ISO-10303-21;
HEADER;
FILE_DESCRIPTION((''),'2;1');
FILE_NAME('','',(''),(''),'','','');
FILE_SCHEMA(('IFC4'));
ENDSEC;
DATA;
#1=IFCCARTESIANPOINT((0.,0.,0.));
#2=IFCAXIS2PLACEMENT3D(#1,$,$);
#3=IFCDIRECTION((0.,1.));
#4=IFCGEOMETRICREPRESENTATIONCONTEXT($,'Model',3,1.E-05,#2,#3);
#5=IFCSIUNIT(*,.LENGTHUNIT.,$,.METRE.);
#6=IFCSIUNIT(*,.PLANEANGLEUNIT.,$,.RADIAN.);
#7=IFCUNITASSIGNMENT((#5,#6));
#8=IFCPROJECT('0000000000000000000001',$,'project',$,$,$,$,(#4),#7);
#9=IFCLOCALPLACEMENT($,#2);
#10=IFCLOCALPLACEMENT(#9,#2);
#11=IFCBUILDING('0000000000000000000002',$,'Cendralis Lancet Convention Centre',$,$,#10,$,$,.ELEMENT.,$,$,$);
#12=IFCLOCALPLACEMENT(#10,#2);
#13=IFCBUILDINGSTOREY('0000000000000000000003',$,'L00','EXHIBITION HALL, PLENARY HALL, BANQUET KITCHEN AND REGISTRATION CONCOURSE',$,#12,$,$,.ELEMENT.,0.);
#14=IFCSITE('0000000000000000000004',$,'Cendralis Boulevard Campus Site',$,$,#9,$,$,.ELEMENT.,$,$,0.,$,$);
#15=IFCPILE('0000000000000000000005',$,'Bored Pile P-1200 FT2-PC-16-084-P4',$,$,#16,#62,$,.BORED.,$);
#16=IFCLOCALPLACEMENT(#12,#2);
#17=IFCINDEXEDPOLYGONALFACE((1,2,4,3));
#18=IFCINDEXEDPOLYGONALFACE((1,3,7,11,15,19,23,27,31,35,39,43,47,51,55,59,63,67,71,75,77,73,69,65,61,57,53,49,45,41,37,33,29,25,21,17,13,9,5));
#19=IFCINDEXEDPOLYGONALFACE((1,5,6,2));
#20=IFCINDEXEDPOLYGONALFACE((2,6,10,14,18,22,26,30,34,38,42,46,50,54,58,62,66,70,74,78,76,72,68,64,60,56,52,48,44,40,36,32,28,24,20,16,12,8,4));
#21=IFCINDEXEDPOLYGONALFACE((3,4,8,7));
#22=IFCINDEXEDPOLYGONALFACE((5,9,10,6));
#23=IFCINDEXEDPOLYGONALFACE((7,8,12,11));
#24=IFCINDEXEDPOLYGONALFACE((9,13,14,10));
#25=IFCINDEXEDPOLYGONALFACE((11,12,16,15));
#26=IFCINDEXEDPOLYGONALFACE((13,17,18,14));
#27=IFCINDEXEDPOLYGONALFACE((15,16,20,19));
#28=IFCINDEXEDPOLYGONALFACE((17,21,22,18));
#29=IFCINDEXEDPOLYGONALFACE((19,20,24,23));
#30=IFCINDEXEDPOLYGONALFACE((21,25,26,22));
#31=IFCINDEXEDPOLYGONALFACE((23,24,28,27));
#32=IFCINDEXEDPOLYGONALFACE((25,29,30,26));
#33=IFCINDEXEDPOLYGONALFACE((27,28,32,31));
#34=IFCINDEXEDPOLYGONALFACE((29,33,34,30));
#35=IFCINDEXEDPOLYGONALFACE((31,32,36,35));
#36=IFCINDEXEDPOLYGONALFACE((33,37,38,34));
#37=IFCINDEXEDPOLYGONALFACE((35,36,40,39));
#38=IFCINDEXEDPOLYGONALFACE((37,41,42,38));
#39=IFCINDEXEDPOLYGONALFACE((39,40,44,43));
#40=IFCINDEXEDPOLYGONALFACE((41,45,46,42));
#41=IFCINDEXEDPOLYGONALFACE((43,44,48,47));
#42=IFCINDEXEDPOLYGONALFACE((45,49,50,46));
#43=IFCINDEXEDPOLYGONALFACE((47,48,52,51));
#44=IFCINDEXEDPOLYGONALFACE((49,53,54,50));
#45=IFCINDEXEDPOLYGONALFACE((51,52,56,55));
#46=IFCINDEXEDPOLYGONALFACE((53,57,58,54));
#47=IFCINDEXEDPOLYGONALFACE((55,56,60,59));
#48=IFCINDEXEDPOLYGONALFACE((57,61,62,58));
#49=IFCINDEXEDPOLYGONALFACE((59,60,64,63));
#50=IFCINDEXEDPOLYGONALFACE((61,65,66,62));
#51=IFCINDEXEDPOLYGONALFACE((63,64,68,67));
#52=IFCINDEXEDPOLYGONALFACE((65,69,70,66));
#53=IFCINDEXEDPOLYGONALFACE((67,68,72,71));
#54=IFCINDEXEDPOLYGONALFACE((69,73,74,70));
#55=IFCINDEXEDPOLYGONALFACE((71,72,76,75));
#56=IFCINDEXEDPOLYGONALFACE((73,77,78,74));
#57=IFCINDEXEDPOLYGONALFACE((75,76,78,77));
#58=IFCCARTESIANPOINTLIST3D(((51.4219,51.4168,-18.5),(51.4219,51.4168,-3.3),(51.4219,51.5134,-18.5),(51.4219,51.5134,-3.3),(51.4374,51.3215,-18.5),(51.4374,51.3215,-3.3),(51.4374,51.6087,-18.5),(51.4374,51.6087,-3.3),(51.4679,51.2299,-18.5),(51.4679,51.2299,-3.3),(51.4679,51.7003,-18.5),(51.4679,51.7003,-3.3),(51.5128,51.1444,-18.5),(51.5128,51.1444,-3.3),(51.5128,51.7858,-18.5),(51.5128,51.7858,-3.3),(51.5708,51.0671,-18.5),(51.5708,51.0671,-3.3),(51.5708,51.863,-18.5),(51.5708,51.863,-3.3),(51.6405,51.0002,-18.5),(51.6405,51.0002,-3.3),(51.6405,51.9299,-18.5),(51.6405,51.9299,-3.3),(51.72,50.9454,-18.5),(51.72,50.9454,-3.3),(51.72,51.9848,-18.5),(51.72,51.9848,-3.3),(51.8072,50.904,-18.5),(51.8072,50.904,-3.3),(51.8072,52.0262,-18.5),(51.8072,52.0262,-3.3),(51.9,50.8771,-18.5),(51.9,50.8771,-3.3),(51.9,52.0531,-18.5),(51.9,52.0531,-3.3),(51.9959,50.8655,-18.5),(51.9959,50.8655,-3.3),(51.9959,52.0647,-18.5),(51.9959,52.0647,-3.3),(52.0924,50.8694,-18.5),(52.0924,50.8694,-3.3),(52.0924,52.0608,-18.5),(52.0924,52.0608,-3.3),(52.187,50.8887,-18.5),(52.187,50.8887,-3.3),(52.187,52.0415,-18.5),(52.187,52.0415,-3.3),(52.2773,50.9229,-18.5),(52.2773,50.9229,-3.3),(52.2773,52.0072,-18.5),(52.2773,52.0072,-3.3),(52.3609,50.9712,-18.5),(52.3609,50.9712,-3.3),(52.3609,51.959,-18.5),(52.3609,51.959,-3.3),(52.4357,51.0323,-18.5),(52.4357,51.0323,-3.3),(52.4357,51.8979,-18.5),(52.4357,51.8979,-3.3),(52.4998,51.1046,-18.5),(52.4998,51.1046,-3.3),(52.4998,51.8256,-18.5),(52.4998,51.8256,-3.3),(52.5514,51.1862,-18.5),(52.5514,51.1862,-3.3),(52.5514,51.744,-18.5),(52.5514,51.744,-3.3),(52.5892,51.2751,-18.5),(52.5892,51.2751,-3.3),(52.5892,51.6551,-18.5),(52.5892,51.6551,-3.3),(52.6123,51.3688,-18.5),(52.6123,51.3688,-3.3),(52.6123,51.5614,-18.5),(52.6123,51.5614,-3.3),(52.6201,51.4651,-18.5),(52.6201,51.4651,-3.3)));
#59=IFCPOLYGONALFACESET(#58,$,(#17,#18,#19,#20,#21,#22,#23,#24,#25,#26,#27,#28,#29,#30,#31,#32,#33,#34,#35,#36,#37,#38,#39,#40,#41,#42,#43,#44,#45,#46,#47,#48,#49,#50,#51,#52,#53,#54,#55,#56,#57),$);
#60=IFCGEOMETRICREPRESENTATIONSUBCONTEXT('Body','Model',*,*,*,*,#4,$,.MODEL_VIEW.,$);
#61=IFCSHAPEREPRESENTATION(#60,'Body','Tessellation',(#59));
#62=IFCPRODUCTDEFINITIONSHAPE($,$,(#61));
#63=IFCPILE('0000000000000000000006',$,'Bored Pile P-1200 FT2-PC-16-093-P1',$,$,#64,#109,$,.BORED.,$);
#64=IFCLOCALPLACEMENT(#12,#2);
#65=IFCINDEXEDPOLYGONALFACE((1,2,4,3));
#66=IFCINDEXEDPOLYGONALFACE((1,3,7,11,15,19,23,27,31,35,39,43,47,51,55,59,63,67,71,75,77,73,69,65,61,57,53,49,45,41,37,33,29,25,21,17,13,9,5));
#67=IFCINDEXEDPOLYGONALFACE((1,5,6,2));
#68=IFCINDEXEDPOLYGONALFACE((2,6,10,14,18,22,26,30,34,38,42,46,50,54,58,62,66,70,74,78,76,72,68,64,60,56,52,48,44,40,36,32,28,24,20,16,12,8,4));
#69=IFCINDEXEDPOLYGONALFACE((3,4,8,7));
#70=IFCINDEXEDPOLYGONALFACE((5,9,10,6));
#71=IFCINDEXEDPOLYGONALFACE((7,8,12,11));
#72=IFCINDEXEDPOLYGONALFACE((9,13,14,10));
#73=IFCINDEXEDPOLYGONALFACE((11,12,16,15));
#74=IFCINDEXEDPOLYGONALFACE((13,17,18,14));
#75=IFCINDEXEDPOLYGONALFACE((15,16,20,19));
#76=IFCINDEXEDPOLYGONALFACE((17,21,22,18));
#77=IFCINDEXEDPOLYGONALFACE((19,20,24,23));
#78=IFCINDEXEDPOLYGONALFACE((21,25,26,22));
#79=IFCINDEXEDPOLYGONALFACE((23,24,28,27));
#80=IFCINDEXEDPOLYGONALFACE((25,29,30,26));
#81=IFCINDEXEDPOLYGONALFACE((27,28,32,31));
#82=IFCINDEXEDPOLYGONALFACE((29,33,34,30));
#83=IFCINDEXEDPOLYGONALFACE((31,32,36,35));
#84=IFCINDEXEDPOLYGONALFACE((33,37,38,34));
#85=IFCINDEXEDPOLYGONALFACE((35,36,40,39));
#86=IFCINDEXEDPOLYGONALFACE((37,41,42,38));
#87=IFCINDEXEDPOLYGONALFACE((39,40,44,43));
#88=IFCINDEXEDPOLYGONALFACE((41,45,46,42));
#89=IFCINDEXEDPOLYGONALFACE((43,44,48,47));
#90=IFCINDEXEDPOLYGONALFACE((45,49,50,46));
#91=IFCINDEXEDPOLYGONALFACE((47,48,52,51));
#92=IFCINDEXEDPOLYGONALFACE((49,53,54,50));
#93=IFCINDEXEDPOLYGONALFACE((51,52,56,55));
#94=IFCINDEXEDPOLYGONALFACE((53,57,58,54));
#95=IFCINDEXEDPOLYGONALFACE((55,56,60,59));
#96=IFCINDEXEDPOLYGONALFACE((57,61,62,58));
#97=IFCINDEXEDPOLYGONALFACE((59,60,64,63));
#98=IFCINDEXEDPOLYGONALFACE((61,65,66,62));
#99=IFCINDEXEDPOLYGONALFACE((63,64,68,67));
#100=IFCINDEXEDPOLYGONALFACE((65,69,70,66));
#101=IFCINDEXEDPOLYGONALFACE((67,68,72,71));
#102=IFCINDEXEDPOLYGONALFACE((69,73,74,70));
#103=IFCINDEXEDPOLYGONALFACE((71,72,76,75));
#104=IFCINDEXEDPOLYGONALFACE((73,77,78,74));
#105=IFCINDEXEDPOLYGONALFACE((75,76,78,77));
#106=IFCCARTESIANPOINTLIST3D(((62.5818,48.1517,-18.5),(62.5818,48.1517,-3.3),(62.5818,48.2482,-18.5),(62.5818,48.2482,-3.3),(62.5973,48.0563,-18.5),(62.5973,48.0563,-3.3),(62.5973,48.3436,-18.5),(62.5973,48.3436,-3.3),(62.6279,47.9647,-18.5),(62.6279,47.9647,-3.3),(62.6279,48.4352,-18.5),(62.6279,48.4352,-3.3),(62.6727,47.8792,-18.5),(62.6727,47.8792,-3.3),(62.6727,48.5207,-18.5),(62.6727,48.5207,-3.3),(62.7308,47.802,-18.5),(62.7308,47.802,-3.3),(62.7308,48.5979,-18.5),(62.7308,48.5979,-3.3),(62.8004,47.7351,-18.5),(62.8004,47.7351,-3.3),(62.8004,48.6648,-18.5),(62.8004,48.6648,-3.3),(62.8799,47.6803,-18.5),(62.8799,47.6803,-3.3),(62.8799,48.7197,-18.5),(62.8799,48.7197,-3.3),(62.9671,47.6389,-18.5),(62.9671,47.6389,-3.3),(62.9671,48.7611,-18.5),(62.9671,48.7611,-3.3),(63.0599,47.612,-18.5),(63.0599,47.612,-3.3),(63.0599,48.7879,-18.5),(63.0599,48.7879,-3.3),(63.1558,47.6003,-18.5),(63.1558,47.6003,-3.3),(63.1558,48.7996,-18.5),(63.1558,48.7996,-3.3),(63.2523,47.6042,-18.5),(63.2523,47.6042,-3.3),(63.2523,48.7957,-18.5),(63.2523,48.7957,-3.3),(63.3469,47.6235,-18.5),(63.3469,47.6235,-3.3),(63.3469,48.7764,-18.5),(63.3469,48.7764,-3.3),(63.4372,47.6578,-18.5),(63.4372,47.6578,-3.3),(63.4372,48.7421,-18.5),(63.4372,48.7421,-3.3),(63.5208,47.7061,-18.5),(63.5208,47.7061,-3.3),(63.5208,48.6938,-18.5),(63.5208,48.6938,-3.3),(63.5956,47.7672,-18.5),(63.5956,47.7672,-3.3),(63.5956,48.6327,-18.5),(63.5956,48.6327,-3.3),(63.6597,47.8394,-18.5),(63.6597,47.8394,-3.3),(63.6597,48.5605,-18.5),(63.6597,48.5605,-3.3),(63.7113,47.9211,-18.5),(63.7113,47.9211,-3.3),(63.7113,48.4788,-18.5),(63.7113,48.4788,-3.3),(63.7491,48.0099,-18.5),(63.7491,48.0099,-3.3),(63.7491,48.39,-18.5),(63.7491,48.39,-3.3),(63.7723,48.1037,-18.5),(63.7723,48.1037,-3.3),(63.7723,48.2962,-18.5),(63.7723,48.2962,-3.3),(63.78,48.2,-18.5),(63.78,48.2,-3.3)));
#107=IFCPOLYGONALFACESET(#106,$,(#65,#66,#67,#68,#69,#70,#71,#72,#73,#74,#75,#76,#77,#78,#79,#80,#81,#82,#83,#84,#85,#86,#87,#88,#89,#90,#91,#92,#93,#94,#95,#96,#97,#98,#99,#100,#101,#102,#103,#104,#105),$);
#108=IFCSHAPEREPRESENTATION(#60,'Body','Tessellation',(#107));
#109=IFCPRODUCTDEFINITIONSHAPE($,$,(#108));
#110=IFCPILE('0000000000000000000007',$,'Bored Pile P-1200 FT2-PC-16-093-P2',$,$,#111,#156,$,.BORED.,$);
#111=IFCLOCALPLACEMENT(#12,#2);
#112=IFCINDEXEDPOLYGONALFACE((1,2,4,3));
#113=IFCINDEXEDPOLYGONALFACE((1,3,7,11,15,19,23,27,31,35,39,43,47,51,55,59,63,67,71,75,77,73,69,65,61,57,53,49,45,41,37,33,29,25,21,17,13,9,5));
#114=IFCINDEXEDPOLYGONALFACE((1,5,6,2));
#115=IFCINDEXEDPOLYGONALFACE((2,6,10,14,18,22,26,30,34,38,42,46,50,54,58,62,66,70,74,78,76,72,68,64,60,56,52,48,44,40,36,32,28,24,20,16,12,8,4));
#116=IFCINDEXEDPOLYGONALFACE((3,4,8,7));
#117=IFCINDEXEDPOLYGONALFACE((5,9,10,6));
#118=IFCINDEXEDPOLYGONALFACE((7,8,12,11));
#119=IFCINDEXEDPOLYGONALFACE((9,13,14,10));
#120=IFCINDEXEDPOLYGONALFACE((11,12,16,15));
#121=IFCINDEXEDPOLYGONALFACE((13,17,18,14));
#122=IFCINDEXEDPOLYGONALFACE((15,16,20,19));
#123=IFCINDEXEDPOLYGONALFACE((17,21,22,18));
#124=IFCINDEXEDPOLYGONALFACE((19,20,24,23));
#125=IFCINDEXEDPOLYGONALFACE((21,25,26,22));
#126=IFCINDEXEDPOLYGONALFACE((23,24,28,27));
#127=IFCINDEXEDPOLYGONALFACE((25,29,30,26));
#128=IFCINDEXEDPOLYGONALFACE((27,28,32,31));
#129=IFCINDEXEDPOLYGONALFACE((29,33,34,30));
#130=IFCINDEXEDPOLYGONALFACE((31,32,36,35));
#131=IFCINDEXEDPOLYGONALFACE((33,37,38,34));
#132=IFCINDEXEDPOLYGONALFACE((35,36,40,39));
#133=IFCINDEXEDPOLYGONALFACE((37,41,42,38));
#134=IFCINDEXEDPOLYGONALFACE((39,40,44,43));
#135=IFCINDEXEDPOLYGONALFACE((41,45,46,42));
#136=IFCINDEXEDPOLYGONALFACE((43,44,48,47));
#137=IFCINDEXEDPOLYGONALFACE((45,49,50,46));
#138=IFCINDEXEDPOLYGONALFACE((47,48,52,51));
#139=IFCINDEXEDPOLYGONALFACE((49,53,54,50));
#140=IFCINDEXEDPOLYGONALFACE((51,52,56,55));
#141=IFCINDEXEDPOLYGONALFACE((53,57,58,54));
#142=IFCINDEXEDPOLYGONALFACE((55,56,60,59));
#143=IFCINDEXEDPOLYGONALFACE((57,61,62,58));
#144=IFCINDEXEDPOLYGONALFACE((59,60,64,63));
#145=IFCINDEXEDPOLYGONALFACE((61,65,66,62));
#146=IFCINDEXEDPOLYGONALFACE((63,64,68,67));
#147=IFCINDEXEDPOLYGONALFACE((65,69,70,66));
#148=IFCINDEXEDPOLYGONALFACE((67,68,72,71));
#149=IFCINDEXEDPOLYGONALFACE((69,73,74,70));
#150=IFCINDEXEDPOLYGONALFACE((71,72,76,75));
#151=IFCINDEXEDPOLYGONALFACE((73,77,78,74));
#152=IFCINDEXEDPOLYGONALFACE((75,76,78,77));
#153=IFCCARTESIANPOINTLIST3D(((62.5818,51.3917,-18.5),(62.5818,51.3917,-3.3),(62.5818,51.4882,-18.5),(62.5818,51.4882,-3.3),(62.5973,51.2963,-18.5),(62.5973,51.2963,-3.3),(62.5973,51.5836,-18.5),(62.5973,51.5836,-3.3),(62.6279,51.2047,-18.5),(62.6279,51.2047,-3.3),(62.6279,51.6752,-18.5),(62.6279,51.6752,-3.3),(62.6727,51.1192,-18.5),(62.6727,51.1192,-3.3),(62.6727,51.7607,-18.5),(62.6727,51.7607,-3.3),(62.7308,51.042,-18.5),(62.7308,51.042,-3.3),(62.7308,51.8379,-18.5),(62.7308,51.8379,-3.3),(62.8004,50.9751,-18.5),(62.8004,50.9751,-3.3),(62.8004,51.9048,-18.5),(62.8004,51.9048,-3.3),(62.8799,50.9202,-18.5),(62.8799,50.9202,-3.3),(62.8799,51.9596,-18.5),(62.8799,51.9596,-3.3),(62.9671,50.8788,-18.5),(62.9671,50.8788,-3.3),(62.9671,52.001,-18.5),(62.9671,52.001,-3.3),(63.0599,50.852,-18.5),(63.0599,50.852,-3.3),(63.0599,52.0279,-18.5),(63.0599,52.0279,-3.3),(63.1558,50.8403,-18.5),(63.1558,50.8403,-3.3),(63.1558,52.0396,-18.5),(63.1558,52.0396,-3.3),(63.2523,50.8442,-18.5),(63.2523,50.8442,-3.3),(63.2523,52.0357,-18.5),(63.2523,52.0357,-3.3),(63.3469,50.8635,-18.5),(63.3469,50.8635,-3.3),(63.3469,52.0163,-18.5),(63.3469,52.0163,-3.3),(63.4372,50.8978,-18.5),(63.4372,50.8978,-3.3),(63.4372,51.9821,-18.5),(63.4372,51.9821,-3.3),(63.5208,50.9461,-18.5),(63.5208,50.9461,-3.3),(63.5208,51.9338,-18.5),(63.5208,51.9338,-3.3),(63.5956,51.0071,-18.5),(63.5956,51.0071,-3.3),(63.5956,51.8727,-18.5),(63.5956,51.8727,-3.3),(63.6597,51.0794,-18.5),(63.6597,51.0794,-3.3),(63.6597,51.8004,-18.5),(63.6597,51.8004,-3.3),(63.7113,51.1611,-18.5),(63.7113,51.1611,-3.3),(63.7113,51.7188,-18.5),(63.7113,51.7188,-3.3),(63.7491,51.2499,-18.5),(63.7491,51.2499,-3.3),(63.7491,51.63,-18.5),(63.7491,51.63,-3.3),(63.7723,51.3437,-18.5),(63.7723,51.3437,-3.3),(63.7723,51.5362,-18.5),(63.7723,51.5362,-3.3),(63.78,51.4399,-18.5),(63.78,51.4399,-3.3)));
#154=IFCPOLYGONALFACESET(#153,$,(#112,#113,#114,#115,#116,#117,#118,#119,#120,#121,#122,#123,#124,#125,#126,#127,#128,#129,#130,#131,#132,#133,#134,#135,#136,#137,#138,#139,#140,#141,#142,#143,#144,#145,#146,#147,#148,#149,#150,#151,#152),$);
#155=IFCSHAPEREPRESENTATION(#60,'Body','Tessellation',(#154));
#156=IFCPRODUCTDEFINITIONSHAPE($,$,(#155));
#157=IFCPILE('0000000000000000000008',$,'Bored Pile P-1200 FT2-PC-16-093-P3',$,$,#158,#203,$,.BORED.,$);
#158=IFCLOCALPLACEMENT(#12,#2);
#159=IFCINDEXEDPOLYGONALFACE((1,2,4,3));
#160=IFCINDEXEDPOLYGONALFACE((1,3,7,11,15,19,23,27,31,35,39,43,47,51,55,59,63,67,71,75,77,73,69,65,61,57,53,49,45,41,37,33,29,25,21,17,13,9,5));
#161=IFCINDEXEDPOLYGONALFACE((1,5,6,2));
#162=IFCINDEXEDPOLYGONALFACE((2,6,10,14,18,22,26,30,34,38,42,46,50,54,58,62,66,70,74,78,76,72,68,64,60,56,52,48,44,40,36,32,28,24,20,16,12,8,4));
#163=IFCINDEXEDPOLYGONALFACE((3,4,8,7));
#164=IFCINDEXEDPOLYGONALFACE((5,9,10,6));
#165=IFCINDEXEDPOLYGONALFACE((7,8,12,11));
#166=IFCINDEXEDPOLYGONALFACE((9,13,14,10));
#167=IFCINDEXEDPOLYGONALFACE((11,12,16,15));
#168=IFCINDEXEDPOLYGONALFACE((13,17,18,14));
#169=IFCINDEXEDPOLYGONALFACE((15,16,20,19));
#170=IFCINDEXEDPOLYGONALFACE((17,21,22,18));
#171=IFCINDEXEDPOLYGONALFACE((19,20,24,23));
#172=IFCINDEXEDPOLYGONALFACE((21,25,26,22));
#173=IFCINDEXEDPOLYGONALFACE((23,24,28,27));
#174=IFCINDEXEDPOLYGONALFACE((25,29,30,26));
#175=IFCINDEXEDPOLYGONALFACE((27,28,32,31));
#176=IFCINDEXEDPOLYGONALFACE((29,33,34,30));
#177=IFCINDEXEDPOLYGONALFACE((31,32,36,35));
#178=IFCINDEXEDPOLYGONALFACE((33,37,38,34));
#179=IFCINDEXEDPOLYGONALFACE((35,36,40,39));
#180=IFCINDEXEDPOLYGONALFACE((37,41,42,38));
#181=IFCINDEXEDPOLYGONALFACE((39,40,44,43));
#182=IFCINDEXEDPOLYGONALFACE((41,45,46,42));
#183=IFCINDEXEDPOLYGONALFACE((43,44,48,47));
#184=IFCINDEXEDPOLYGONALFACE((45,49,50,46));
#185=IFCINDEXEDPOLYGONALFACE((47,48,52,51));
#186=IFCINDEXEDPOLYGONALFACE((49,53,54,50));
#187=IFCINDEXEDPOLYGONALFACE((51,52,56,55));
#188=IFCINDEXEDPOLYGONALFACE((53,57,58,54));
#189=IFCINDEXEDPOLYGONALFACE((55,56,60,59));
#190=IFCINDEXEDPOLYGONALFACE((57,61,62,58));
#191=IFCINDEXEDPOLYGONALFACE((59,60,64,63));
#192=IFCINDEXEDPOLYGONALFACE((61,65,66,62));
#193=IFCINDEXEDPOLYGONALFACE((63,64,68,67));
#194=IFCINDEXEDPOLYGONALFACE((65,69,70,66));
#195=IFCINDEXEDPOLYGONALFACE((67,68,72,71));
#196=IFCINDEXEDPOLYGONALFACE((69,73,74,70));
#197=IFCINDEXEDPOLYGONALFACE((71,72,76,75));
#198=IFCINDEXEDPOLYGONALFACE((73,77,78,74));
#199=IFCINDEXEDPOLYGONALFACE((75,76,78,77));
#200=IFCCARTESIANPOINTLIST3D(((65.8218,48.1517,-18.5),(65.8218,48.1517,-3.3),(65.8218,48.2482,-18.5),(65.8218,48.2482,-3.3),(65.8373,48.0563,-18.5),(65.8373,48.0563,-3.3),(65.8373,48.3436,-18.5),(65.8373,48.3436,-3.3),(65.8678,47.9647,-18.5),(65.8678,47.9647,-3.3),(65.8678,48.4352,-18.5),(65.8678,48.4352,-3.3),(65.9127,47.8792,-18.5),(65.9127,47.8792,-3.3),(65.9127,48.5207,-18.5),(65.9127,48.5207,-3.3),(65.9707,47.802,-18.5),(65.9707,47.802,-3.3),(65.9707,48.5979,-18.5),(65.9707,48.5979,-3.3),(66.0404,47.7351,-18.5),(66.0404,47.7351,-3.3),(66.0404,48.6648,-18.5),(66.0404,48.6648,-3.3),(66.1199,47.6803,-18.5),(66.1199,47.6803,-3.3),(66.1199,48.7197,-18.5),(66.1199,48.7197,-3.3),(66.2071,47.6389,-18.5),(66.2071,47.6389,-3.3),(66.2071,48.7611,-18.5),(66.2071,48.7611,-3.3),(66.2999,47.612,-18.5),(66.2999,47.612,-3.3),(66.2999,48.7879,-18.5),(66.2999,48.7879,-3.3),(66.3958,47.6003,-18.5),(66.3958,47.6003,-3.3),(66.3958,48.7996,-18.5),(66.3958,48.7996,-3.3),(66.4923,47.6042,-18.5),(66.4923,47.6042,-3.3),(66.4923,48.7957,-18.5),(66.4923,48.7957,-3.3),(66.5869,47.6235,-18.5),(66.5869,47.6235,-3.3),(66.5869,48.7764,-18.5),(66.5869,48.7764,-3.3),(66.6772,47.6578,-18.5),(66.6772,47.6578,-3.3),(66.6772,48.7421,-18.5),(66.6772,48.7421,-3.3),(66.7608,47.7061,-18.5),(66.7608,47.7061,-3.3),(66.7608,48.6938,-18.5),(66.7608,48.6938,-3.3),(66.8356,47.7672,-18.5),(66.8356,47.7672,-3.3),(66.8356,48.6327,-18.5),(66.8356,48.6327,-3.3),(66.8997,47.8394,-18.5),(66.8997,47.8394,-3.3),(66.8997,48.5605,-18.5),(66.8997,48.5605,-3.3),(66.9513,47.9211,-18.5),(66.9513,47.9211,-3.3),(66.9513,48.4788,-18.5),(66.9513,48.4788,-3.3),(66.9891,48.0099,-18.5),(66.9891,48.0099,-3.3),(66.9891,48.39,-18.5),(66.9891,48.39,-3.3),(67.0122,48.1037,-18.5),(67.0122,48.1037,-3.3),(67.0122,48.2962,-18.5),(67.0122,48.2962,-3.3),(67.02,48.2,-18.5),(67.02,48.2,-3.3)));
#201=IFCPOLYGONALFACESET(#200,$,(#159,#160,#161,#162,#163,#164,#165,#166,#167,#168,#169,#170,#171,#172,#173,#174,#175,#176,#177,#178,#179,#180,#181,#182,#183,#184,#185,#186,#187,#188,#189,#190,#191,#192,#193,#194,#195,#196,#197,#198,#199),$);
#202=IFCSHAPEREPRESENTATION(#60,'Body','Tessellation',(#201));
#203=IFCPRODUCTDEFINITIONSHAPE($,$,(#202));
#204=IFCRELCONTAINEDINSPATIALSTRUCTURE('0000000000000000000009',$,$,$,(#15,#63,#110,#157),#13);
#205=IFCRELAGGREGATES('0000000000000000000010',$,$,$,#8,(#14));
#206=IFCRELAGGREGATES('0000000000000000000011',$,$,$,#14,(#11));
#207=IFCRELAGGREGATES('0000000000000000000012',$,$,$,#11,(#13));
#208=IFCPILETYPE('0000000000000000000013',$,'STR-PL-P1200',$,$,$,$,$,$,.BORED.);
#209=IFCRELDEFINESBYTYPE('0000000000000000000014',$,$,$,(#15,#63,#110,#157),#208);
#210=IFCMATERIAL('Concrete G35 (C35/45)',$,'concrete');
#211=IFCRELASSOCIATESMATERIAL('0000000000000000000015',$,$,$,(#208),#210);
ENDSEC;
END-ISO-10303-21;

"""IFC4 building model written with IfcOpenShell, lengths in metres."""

from ifc_helpers import new_model, si_unit, direction, frame, origin, origin_2d, place, context, subcontext, project, spatial, circle, extrude, material, material_profile, profile_set, type_object, element, save


model = new_model("IFC4")

# Units and contexts
model_context = context("Model", 3, precision=1e-05, world=origin(), true_north=direction((0.0, 1.0)))
body_context = subcontext(model_context, "Body", "Model", "MODEL_VIEW")
ifc_project = project(units=[si_unit("LENGTHUNIT", "METRE"), si_unit("PLANEANGLEUNIT", "RADIAN")], contexts=[model_context])

# Site, building, storey
site_placement = place(None, origin())
site = spatial("IfcSite", under=ifc_project, at=site_placement, Name="Cendralis Boulevard Campus Site", CompositionType="ELEMENT", RefElevation=0.0)
building_placement = place(site_placement, origin())
building = spatial("IfcBuilding", under=site, at=building_placement, Name="Cendralis Lancet Convention Centre", CompositionType="ELEMENT")
storey_placement = place(building_placement, origin())
storey = spatial("IfcBuildingStorey", under=building, at=storey_placement, Name="L00", Description="EXHIBITION HALL, PLENARY HALL, BANQUET KITCHEN AND REGISTRATION CONCOURSE", CompositionType="ELEMENT", Elevation=0.0)

# Shared definitions
ifc_material_1 = material(Name="Concrete G35 (C35/45)", Category="concrete")

# Piles
ifc_material_profile_1 = material_profile(ifc_material_1, circle(Radius=0.6001, at=origin_2d()), Name="BORED PILE D1200")
ifc_profile_set_1 = profile_set([ifc_material_profile_1], Name="Concrete G35 (C35/45)")
pile_type_1 = type_object("IfcPileType", Name="STR-PL-P1200", PredefinedType="BORED", material=ifc_profile_set_1)
for number, where, z_axis, x_axis, name in (
    (1, (52.02, 51.4651, -3.3), (0.0, 0.0, -1.0), (1.0, 0.0, 0.0), "Bored Pile P-1200 FT2-PC-16-084-P4"),
    (2, (63.1799, 48.2, -3.3), (0.0, 0.0, -1.0), (1.0, 0.0, 0.0), "Bored Pile P-1200 FT2-PC-16-093-P1"),
    (3, (63.1799, 51.4399, -3.3), (0.0, 0.0, -1.0), (1.0, 0.0, 0.0), "Bored Pile P-1200 FT2-PC-16-093-P2"),
    (4, (66.4199, 48.2, -3.3), (0.0, 0.0, -1.0), (1.0, 0.0, 0.0), "Bored Pile P-1200 FT2-PC-16-093-P3"),
):
    element("IfcPile", number, at=place(storey_placement, frame(where, z_axis=z_axis, x_axis=x_axis)), inside=storey, type_object=pile_type_1, Name=name, PredefinedType="BORED", context=body_context, shape_type="SweptSolid", body=[
        extrude(circle(Radius=0.6001, at=origin_2d()), origin(), (0.0, 0.0, 1.0), 15.2),
    ])

save(model, "model.ifc")
